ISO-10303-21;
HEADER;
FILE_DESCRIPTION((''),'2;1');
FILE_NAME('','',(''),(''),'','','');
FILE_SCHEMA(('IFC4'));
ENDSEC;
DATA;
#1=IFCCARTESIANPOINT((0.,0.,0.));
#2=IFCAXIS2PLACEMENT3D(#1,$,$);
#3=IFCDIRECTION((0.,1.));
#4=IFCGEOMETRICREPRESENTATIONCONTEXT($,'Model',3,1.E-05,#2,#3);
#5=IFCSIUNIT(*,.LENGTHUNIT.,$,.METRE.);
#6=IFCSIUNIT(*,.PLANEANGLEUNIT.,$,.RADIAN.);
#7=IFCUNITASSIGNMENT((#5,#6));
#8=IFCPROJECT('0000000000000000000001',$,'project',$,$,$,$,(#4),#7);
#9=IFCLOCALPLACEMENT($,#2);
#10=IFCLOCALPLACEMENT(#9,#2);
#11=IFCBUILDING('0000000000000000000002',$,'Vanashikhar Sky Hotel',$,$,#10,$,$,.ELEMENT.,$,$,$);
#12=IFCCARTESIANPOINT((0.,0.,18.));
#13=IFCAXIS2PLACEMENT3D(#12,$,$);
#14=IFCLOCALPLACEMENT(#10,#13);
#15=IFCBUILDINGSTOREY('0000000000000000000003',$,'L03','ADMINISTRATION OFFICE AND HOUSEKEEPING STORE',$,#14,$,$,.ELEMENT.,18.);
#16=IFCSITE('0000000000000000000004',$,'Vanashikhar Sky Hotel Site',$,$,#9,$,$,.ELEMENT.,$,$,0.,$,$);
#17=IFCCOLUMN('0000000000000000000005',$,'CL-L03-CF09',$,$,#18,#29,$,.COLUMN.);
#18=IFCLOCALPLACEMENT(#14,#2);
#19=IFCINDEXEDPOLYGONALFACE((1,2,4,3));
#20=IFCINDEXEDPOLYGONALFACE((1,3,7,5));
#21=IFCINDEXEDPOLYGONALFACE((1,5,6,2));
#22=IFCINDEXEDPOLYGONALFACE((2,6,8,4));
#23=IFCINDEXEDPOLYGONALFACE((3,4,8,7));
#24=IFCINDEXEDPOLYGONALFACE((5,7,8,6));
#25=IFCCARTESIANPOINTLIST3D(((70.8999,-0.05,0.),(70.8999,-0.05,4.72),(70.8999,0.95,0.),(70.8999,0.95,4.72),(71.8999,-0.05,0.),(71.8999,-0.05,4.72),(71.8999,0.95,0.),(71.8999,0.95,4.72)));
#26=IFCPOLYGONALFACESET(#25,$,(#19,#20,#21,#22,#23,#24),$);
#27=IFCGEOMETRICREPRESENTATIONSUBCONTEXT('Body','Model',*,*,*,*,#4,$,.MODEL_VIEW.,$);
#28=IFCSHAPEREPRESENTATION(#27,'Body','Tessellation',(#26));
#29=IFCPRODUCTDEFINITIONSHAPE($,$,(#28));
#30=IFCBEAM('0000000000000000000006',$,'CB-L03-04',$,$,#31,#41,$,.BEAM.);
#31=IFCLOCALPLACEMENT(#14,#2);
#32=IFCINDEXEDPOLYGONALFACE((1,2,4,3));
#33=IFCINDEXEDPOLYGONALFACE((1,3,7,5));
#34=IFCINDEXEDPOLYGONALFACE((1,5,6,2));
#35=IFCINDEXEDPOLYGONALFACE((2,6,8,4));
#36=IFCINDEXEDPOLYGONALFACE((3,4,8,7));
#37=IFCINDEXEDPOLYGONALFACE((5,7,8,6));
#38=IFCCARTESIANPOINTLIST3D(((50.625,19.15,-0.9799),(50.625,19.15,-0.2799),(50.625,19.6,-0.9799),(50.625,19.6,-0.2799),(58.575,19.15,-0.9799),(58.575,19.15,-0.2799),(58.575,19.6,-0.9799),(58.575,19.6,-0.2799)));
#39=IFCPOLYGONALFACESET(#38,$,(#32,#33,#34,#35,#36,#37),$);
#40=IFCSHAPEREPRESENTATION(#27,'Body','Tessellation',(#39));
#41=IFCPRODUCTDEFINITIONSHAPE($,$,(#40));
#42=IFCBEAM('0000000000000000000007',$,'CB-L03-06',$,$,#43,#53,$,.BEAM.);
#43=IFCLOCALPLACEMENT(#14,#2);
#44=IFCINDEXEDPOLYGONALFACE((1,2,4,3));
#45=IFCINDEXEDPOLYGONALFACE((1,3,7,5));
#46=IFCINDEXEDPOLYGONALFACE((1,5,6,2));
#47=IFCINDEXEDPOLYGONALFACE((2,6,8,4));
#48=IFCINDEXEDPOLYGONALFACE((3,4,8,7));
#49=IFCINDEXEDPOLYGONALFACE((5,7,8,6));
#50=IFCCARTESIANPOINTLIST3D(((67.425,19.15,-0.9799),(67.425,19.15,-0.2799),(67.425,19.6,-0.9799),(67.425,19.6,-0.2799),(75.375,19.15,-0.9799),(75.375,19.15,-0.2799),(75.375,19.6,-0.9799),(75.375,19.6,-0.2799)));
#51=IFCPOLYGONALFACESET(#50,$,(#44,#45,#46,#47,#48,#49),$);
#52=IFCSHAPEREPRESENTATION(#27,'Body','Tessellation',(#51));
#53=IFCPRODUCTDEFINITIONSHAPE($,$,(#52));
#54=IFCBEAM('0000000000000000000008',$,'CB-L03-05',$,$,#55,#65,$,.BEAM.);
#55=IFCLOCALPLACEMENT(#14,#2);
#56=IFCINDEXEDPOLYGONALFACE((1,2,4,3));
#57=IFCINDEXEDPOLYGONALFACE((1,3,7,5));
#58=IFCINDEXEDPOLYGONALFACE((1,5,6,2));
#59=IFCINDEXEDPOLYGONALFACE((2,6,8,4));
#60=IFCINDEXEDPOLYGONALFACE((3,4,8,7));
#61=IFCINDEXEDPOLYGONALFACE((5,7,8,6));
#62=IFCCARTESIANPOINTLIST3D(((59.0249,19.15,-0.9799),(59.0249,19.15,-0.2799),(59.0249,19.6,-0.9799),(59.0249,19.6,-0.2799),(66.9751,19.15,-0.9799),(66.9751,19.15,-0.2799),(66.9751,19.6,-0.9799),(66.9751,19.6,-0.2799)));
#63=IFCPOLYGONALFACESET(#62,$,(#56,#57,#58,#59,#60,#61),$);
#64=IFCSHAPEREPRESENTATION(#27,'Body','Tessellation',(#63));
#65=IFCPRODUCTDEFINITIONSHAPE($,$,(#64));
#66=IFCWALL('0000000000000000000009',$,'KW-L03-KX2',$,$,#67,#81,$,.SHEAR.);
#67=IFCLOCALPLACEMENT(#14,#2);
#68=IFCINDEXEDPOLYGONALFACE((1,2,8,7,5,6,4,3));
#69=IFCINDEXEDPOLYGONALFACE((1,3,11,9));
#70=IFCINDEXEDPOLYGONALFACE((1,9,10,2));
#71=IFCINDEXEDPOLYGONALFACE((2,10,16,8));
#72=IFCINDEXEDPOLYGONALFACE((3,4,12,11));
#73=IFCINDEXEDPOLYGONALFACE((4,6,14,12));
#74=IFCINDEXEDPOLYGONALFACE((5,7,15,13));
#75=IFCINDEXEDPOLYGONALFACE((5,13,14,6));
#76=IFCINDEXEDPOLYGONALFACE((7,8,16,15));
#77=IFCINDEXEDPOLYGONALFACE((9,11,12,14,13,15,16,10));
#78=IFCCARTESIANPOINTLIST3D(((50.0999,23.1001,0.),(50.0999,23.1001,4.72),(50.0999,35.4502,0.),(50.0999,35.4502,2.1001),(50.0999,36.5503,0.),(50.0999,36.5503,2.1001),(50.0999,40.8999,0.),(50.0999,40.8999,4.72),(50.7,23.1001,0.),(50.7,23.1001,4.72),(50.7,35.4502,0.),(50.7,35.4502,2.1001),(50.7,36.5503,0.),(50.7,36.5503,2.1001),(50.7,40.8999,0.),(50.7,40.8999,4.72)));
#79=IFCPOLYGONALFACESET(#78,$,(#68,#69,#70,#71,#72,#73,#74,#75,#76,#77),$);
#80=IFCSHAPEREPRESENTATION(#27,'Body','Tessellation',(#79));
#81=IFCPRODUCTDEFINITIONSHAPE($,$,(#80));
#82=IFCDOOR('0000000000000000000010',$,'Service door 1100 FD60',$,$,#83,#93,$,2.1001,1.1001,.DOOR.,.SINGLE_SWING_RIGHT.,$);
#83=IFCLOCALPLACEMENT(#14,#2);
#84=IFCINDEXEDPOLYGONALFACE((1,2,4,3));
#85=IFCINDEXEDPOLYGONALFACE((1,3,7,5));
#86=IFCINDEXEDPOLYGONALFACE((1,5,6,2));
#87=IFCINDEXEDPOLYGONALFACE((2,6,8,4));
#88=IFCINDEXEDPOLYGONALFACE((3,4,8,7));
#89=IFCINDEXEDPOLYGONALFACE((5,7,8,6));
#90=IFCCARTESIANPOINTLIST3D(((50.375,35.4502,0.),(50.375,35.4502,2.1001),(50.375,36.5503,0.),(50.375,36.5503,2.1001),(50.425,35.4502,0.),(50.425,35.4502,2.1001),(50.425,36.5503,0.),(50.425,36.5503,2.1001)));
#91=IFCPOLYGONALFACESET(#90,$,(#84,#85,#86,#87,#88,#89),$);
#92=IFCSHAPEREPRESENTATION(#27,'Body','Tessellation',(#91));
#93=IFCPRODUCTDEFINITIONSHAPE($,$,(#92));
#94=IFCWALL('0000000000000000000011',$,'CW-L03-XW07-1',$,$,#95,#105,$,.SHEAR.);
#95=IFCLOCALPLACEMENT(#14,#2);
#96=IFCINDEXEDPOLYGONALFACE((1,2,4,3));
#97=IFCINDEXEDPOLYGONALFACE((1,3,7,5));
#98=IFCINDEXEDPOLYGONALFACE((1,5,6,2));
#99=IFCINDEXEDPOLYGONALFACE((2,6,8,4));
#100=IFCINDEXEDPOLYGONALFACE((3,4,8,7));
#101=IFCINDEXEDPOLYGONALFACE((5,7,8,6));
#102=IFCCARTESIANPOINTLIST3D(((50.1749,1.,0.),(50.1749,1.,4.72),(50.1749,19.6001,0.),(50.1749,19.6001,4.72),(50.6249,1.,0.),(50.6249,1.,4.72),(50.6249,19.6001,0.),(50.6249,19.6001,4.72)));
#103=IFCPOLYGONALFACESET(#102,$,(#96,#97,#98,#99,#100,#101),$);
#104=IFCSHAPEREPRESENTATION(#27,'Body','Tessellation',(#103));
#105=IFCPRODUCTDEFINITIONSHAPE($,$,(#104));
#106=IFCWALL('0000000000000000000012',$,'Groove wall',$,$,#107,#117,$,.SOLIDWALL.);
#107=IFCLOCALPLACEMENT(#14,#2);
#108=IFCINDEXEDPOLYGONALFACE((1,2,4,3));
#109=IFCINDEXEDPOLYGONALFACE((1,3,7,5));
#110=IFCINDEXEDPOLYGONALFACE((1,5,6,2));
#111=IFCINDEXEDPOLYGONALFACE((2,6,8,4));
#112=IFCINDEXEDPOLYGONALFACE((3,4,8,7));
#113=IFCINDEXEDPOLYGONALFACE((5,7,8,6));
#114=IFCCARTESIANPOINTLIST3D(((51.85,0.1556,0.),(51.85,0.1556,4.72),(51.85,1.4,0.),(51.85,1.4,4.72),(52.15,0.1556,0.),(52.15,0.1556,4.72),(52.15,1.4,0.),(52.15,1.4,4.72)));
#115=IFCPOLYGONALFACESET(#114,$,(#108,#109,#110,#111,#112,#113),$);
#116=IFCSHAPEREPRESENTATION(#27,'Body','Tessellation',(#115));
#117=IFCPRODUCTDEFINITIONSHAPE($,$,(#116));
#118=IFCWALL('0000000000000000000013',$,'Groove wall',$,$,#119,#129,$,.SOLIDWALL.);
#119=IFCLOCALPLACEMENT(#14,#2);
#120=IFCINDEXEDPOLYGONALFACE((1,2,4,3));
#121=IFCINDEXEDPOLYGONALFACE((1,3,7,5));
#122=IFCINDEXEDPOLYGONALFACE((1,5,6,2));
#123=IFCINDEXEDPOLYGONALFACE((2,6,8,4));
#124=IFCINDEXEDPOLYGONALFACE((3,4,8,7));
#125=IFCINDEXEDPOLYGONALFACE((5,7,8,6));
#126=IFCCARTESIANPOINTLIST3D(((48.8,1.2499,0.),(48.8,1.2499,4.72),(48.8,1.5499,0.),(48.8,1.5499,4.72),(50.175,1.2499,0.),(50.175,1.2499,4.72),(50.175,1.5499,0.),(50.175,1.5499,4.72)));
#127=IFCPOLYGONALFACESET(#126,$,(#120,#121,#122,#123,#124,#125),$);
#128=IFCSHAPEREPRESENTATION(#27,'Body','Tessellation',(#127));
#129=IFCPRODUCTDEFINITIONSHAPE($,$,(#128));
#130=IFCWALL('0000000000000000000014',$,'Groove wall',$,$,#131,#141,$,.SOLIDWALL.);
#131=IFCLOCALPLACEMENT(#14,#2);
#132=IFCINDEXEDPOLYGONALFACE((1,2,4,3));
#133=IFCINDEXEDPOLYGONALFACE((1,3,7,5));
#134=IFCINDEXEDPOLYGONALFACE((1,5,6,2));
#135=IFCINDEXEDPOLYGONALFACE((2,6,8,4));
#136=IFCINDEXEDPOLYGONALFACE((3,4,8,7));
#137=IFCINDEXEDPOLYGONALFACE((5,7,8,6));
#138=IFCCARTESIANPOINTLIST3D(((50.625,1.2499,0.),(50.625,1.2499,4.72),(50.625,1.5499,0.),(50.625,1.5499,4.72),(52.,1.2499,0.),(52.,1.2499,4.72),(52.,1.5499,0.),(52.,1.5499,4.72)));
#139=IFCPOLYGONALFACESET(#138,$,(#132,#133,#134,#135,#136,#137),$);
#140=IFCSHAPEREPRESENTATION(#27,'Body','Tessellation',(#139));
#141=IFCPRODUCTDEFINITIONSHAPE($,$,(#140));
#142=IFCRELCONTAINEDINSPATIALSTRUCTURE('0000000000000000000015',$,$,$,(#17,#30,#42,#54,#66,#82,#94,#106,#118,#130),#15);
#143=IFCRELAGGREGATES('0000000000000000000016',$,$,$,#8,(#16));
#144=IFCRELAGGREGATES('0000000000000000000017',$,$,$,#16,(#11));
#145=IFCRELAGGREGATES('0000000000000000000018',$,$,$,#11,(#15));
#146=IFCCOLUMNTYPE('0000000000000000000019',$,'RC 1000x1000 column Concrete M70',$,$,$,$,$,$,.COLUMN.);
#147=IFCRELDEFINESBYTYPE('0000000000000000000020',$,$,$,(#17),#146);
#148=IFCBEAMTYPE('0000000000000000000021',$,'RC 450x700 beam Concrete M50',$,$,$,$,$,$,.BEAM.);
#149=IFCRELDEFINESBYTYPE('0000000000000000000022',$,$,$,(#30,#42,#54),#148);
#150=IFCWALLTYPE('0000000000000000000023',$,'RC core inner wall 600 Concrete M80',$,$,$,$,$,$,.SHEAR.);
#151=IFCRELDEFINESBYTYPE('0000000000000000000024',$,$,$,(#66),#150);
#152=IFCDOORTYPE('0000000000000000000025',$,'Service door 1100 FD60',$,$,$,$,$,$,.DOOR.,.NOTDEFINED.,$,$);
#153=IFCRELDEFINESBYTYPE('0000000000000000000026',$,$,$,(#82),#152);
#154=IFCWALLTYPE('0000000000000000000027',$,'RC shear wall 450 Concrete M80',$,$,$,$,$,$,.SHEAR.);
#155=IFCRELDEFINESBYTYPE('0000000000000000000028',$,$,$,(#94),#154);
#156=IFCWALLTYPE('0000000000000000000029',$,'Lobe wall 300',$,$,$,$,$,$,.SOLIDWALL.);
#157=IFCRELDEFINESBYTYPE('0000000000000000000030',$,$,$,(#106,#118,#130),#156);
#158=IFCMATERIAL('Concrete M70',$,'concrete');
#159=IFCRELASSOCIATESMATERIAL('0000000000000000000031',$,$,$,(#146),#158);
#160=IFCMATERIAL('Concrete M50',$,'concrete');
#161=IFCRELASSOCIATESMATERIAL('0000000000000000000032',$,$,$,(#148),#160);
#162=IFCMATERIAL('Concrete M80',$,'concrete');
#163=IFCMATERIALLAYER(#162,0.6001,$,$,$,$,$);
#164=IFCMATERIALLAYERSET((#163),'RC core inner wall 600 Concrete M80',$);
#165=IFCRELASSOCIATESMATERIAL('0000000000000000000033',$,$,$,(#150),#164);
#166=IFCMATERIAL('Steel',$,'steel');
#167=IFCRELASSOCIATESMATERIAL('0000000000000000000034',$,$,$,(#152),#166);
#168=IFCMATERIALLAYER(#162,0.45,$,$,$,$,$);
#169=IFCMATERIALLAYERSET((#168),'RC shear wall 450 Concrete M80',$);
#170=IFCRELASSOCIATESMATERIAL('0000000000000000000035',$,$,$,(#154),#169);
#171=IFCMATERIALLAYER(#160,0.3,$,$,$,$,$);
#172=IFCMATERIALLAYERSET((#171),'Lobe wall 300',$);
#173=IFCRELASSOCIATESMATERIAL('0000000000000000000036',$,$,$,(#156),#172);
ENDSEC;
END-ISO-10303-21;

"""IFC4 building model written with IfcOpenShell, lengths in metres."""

from ifc_helpers import new_model, si_unit, direction, frame, frame_2d, origin, origin_2d, place, context, subcontext, project, spatial, rectangle, extrude, source, transform, mapped, material, layer, layer_set, material_profile, profile_set, type_object, element, fill, save


model = new_model("IFC4")

# Units and contexts
model_context = context("Model", 3, precision=1e-05, world=origin(), true_north=direction((0.0, 1.0)))
body_context = subcontext(model_context, "Body", "Model", "MODEL_VIEW")
ifc_project = project(units=[si_unit("LENGTHUNIT", "METRE"), si_unit("PLANEANGLEUNIT", "RADIAN")], contexts=[model_context])

# Site, building, storey
site_placement = place(None, origin())
site = spatial("IfcSite", under=ifc_project, at=site_placement, Name="Vanashikhar Sky Hotel Site", CompositionType="ELEMENT", RefElevation=0.0)
building_placement = place(site_placement, origin())
building = spatial("IfcBuilding", under=site, at=building_placement, Name="Vanashikhar Sky Hotel", CompositionType="ELEMENT")
storey_placement = place(building_placement, frame((0.0, 0.0, 18.0)))
storey = spatial("IfcBuildingStorey", under=building, at=storey_placement, Name="L03", Description="ADMINISTRATION OFFICE AND HOUSEKEEPING STORE", CompositionType="ELEMENT", Elevation=18.0)

# Column
ifc_material_1 = material(Name="Concrete M70", Category="concrete")
ifc_material_profile_1 = material_profile(ifc_material_1, rectangle(XDim=1.0, YDim=1.0, at=origin_2d()))
ifc_profile_set_1 = profile_set([ifc_material_profile_1], Name="RC 1000x1000 column Concrete M70")
column_type = type_object("IfcColumnType", Name="RC 1000x1000 column Concrete M70", PredefinedType="COLUMN", material=ifc_profile_set_1)
shared_shape_1 = source(origin(), body_context, "Body", "SweptSolid", [
    extrude(rectangle(XDim=1.0, YDim=1.0, at=origin_2d()), origin(), (0.0, 0.0, 1.0), 4.72),
])
column_placement = place(storey_placement, frame((71.3999, 0.45, 0.0), z_axis=(0.0, 0.0, 1.0), x_axis=(1.0, 0.0, 0.0)))
element("IfcColumn", 1, at=column_placement, inside=storey, type_object=column_type, Name="CL-L03-CF09", PredefinedType="COLUMN", context=body_context, shape_type="MappedRepresentation", body=[
    mapped(shared_shape_1, transform((0.0, 0.0, 0.0), scale=1.0)),
])

# Beams
ifc_material_2 = material(Name="Concrete M50", Category="concrete")
ifc_material_profile_2 = material_profile(ifc_material_2, rectangle(XDim=0.45, YDim=0.7, at=origin_2d()))
ifc_profile_set_2 = profile_set([ifc_material_profile_2], Name="RC 450x700 beam Concrete M50")
beam_type = type_object("IfcBeamType", Name="RC 450x700 beam Concrete M50", PredefinedType="BEAM", material=ifc_profile_set_2)
shared_shape_2 = source(origin(), body_context, "Body", "SweptSolid", [
    extrude(rectangle(XDim=0.45, YDim=0.7, at=origin_2d()), origin(), (0.0, 0.0, 1.0), 7.95),
])
for number, where, z_axis, x_axis, name in (
    (2, (50.625, 19.375, -0.6299), (1.0, 0.0, 0.0), (0.0, 1.0, 0.0), "CB-L03-04"),
    (3, (67.425, 19.375, -0.6299), (1.0, 0.0, 0.0), (0.0, 1.0, 0.0), "CB-L03-06"),
):
    element("IfcBeam", number, at=place(storey_placement, frame(where, z_axis=z_axis, x_axis=x_axis)), inside=storey, type_object=beam_type, Name=name, PredefinedType="BEAM", context=body_context, shape_type="MappedRepresentation", body=[
        mapped(shared_shape_2, transform((0.0, 0.0, 0.0), scale=1.0)),
    ])
shared_shape_3 = source(origin(), body_context, "Body", "SweptSolid", [
    extrude(rectangle(XDim=0.45, YDim=0.7, at=origin_2d()), origin(), (0.0, 0.0, 1.0), 7.9502),
])
beam_placement = place(storey_placement, frame((59.0249, 19.375, -0.6299), z_axis=(1.0, 0.0, 0.0), x_axis=(0.0, 1.0, 0.0)))
element("IfcBeam", 4, at=beam_placement, inside=storey, type_object=beam_type, Name="CB-L03-05", PredefinedType="BEAM", context=body_context, shape_type="MappedRepresentation", body=[
    mapped(shared_shape_3, transform((0.0, 0.0, 0.0), scale=1.0)),
])

# Wall, opening, door
ifc_material_3 = material(Name="Concrete M80", Category="concrete")
ifc_layer_1 = layer(ifc_material_3, 0.6001)
ifc_layer_set_1 = layer_set([ifc_layer_1], Name="RC core inner wall 600 Concrete M80")
wall_type_1 = type_object("IfcWallType", Name="RC core inner wall 600 Concrete M80", PredefinedType="SHEAR", material=ifc_layer_set_1)
shared_shape_4 = source(origin(), body_context, "Body", "SweptSolid", [
    extrude(rectangle(XDim=17.7998, YDim=0.6001, at=frame_2d((8.8999, 0.0))), origin(), (0.0, 0.0, 1.0), 4.72),
])
wall_1_placement = place(storey_placement, frame((50.3999, 23.1001, 0.0), z_axis=(0.0, 0.0, 1.0), x_axis=(0.0, 1.0, 0.0)))
wall_1 = element("IfcWall", 5, at=wall_1_placement, inside=storey, type_object=wall_type_1, Name="KW-L03-KX2", PredefinedType="SHEAR", context=body_context, shape_type="MappedRepresentation", body=[
    mapped(shared_shape_4, transform((0.0, 0.0, 0.0), scale=1.0)),
])
shared_shape_5 = source(origin(), body_context, "Body", "SweptSolid", [
    extrude(rectangle(XDim=1.1001, YDim=2.1001, at=frame_2d((0.55, 1.05))), frame((0.0, 0.3101, 0.0), z_axis=(0.0, -1.0, 0.0), x_axis=(1.0, 0.0, 0.0)), (0.0, 0.0, 1.0), 0.6201),
])
opening_1_placement = place(wall_1_placement, frame((12.3501, 0.0, 0.0)))
opening_1 = element("IfcOpeningElement", 6, at=opening_1_placement, cuts=wall_1, PredefinedType="OPENING", context=body_context, shape_type="MappedRepresentation", body=[
    mapped(shared_shape_5, transform((0.0, 0.0, 0.0), scale=1.0)),
])
ifc_material_4 = material(Name="Steel", Category="steel")
door_type_1 = type_object("IfcDoorType", Name="Service door 1100 FD60", OperationType="NOTDEFINED", PredefinedType="DOOR", material=ifc_material_4)
shared_shape_6 = source(origin(), body_context, "Body", "SweptSolid", [
    extrude(rectangle(XDim=1.1001, YDim=2.1001, at=frame_2d((0.55, 1.05))), frame((0.0, 0.0249, 0.0), z_axis=(0.0, -1.0, 0.0), x_axis=(1.0, 0.0, 0.0)), (0.0, 0.0, 1.0), 0.05),
])
door_1_placement = place(opening_1_placement, origin())
door_1 = element("IfcDoor", 7, at=door_1_placement, inside=storey, type_object=door_type_1, Name="Service door 1100 FD60", OperationType="SINGLE_SWING_RIGHT", OverallHeight=2.1001, OverallWidth=1.1001, PredefinedType="DOOR", context=body_context, shape_type="MappedRepresentation", body=[
    mapped(shared_shape_6, transform((0.0, 0.0, 0.0), scale=1.0)),
])
fill(opening_1, door_1)

# Walls
ifc_layer_2 = layer(ifc_material_3, 0.45)
ifc_layer_set_2 = layer_set([ifc_layer_2], Name="RC shear wall 450 Concrete M80")
wall_type_2 = type_object("IfcWallType", Name="RC shear wall 450 Concrete M80", PredefinedType="SHEAR", material=ifc_layer_set_2)
shared_shape_7 = source(origin(), body_context, "Body", "SweptSolid", [
    extrude(rectangle(XDim=18.6001, YDim=0.45, at=frame_2d((9.3, 0.0))), origin(), (0.0, 0.0, 1.0), 4.72),
])
wall_2_placement = place(storey_placement, frame((50.3999, 1.0, 0.0), z_axis=(0.0, 0.0, 1.0), x_axis=(0.0, 1.0, 0.0)))
element("IfcWall", 8, at=wall_2_placement, inside=storey, type_object=wall_type_2, Name="CW-L03-XW07-1", PredefinedType="SHEAR", context=body_context, shape_type="MappedRepresentation", body=[
    mapped(shared_shape_7, transform((0.0, 0.0, 0.0), scale=1.0)),
])
ifc_layer_3 = layer(ifc_material_2, 0.3)
ifc_layer_set_3 = layer_set([ifc_layer_3], Name="Lobe wall 300")
wall_type_3 = type_object("IfcWallType", Name="Lobe wall 300", PredefinedType="SOLIDWALL", material=ifc_layer_set_3)
shared_shape_8 = source(origin(), body_context, "Body", "SweptSolid", [
    extrude(rectangle(XDim=1.2444, YDim=0.3, at=frame_2d((0.6221, 0.0))), origin(), (0.0, 0.0, 1.0), 4.72),
])
wall_3_placement = place(storey_placement, frame((52.0, 1.3999, 0.0), z_axis=(0.0, 0.0, 1.0), x_axis=(0.0, -1.0, 0.0)))
element("IfcWall", 9, at=wall_3_placement, inside=storey, type_object=wall_type_3, Name="Groove wall", PredefinedType="SOLIDWALL", context=body_context, shape_type="MappedRepresentation", body=[
    mapped(shared_shape_8, transform((0.0, 0.0, 0.0), scale=1.0)),
])
shared_shape_9 = source(origin(), body_context, "Body", "SweptSolid", [
    extrude(rectangle(XDim=1.375, YDim=0.3, at=frame_2d((0.6875, 0.0))), origin(), (0.0, 0.0, 1.0), 4.72),
])
for number, where, z_axis, x_axis, name in (
    (10, (48.8, 1.3999, 0.0), (0.0, 0.0, 1.0), (1.0, 0.0, 0.0), "Groove wall"),
    (11, (50.625, 1.3999, 0.0), (0.0, 0.0, 1.0), (1.0, 0.0, 0.0), "Groove wall"),
):
    element("IfcWall", number, at=place(storey_placement, frame(where, z_axis=z_axis, x_axis=x_axis)), inside=storey, type_object=wall_type_3, Name=name, PredefinedType="SOLIDWALL", context=body_context, shape_type="MappedRepresentation", body=[
        mapped(shared_shape_9, transform((0.0, 0.0, 0.0), scale=1.0)),
    ])

save(model, "model.ifc")
